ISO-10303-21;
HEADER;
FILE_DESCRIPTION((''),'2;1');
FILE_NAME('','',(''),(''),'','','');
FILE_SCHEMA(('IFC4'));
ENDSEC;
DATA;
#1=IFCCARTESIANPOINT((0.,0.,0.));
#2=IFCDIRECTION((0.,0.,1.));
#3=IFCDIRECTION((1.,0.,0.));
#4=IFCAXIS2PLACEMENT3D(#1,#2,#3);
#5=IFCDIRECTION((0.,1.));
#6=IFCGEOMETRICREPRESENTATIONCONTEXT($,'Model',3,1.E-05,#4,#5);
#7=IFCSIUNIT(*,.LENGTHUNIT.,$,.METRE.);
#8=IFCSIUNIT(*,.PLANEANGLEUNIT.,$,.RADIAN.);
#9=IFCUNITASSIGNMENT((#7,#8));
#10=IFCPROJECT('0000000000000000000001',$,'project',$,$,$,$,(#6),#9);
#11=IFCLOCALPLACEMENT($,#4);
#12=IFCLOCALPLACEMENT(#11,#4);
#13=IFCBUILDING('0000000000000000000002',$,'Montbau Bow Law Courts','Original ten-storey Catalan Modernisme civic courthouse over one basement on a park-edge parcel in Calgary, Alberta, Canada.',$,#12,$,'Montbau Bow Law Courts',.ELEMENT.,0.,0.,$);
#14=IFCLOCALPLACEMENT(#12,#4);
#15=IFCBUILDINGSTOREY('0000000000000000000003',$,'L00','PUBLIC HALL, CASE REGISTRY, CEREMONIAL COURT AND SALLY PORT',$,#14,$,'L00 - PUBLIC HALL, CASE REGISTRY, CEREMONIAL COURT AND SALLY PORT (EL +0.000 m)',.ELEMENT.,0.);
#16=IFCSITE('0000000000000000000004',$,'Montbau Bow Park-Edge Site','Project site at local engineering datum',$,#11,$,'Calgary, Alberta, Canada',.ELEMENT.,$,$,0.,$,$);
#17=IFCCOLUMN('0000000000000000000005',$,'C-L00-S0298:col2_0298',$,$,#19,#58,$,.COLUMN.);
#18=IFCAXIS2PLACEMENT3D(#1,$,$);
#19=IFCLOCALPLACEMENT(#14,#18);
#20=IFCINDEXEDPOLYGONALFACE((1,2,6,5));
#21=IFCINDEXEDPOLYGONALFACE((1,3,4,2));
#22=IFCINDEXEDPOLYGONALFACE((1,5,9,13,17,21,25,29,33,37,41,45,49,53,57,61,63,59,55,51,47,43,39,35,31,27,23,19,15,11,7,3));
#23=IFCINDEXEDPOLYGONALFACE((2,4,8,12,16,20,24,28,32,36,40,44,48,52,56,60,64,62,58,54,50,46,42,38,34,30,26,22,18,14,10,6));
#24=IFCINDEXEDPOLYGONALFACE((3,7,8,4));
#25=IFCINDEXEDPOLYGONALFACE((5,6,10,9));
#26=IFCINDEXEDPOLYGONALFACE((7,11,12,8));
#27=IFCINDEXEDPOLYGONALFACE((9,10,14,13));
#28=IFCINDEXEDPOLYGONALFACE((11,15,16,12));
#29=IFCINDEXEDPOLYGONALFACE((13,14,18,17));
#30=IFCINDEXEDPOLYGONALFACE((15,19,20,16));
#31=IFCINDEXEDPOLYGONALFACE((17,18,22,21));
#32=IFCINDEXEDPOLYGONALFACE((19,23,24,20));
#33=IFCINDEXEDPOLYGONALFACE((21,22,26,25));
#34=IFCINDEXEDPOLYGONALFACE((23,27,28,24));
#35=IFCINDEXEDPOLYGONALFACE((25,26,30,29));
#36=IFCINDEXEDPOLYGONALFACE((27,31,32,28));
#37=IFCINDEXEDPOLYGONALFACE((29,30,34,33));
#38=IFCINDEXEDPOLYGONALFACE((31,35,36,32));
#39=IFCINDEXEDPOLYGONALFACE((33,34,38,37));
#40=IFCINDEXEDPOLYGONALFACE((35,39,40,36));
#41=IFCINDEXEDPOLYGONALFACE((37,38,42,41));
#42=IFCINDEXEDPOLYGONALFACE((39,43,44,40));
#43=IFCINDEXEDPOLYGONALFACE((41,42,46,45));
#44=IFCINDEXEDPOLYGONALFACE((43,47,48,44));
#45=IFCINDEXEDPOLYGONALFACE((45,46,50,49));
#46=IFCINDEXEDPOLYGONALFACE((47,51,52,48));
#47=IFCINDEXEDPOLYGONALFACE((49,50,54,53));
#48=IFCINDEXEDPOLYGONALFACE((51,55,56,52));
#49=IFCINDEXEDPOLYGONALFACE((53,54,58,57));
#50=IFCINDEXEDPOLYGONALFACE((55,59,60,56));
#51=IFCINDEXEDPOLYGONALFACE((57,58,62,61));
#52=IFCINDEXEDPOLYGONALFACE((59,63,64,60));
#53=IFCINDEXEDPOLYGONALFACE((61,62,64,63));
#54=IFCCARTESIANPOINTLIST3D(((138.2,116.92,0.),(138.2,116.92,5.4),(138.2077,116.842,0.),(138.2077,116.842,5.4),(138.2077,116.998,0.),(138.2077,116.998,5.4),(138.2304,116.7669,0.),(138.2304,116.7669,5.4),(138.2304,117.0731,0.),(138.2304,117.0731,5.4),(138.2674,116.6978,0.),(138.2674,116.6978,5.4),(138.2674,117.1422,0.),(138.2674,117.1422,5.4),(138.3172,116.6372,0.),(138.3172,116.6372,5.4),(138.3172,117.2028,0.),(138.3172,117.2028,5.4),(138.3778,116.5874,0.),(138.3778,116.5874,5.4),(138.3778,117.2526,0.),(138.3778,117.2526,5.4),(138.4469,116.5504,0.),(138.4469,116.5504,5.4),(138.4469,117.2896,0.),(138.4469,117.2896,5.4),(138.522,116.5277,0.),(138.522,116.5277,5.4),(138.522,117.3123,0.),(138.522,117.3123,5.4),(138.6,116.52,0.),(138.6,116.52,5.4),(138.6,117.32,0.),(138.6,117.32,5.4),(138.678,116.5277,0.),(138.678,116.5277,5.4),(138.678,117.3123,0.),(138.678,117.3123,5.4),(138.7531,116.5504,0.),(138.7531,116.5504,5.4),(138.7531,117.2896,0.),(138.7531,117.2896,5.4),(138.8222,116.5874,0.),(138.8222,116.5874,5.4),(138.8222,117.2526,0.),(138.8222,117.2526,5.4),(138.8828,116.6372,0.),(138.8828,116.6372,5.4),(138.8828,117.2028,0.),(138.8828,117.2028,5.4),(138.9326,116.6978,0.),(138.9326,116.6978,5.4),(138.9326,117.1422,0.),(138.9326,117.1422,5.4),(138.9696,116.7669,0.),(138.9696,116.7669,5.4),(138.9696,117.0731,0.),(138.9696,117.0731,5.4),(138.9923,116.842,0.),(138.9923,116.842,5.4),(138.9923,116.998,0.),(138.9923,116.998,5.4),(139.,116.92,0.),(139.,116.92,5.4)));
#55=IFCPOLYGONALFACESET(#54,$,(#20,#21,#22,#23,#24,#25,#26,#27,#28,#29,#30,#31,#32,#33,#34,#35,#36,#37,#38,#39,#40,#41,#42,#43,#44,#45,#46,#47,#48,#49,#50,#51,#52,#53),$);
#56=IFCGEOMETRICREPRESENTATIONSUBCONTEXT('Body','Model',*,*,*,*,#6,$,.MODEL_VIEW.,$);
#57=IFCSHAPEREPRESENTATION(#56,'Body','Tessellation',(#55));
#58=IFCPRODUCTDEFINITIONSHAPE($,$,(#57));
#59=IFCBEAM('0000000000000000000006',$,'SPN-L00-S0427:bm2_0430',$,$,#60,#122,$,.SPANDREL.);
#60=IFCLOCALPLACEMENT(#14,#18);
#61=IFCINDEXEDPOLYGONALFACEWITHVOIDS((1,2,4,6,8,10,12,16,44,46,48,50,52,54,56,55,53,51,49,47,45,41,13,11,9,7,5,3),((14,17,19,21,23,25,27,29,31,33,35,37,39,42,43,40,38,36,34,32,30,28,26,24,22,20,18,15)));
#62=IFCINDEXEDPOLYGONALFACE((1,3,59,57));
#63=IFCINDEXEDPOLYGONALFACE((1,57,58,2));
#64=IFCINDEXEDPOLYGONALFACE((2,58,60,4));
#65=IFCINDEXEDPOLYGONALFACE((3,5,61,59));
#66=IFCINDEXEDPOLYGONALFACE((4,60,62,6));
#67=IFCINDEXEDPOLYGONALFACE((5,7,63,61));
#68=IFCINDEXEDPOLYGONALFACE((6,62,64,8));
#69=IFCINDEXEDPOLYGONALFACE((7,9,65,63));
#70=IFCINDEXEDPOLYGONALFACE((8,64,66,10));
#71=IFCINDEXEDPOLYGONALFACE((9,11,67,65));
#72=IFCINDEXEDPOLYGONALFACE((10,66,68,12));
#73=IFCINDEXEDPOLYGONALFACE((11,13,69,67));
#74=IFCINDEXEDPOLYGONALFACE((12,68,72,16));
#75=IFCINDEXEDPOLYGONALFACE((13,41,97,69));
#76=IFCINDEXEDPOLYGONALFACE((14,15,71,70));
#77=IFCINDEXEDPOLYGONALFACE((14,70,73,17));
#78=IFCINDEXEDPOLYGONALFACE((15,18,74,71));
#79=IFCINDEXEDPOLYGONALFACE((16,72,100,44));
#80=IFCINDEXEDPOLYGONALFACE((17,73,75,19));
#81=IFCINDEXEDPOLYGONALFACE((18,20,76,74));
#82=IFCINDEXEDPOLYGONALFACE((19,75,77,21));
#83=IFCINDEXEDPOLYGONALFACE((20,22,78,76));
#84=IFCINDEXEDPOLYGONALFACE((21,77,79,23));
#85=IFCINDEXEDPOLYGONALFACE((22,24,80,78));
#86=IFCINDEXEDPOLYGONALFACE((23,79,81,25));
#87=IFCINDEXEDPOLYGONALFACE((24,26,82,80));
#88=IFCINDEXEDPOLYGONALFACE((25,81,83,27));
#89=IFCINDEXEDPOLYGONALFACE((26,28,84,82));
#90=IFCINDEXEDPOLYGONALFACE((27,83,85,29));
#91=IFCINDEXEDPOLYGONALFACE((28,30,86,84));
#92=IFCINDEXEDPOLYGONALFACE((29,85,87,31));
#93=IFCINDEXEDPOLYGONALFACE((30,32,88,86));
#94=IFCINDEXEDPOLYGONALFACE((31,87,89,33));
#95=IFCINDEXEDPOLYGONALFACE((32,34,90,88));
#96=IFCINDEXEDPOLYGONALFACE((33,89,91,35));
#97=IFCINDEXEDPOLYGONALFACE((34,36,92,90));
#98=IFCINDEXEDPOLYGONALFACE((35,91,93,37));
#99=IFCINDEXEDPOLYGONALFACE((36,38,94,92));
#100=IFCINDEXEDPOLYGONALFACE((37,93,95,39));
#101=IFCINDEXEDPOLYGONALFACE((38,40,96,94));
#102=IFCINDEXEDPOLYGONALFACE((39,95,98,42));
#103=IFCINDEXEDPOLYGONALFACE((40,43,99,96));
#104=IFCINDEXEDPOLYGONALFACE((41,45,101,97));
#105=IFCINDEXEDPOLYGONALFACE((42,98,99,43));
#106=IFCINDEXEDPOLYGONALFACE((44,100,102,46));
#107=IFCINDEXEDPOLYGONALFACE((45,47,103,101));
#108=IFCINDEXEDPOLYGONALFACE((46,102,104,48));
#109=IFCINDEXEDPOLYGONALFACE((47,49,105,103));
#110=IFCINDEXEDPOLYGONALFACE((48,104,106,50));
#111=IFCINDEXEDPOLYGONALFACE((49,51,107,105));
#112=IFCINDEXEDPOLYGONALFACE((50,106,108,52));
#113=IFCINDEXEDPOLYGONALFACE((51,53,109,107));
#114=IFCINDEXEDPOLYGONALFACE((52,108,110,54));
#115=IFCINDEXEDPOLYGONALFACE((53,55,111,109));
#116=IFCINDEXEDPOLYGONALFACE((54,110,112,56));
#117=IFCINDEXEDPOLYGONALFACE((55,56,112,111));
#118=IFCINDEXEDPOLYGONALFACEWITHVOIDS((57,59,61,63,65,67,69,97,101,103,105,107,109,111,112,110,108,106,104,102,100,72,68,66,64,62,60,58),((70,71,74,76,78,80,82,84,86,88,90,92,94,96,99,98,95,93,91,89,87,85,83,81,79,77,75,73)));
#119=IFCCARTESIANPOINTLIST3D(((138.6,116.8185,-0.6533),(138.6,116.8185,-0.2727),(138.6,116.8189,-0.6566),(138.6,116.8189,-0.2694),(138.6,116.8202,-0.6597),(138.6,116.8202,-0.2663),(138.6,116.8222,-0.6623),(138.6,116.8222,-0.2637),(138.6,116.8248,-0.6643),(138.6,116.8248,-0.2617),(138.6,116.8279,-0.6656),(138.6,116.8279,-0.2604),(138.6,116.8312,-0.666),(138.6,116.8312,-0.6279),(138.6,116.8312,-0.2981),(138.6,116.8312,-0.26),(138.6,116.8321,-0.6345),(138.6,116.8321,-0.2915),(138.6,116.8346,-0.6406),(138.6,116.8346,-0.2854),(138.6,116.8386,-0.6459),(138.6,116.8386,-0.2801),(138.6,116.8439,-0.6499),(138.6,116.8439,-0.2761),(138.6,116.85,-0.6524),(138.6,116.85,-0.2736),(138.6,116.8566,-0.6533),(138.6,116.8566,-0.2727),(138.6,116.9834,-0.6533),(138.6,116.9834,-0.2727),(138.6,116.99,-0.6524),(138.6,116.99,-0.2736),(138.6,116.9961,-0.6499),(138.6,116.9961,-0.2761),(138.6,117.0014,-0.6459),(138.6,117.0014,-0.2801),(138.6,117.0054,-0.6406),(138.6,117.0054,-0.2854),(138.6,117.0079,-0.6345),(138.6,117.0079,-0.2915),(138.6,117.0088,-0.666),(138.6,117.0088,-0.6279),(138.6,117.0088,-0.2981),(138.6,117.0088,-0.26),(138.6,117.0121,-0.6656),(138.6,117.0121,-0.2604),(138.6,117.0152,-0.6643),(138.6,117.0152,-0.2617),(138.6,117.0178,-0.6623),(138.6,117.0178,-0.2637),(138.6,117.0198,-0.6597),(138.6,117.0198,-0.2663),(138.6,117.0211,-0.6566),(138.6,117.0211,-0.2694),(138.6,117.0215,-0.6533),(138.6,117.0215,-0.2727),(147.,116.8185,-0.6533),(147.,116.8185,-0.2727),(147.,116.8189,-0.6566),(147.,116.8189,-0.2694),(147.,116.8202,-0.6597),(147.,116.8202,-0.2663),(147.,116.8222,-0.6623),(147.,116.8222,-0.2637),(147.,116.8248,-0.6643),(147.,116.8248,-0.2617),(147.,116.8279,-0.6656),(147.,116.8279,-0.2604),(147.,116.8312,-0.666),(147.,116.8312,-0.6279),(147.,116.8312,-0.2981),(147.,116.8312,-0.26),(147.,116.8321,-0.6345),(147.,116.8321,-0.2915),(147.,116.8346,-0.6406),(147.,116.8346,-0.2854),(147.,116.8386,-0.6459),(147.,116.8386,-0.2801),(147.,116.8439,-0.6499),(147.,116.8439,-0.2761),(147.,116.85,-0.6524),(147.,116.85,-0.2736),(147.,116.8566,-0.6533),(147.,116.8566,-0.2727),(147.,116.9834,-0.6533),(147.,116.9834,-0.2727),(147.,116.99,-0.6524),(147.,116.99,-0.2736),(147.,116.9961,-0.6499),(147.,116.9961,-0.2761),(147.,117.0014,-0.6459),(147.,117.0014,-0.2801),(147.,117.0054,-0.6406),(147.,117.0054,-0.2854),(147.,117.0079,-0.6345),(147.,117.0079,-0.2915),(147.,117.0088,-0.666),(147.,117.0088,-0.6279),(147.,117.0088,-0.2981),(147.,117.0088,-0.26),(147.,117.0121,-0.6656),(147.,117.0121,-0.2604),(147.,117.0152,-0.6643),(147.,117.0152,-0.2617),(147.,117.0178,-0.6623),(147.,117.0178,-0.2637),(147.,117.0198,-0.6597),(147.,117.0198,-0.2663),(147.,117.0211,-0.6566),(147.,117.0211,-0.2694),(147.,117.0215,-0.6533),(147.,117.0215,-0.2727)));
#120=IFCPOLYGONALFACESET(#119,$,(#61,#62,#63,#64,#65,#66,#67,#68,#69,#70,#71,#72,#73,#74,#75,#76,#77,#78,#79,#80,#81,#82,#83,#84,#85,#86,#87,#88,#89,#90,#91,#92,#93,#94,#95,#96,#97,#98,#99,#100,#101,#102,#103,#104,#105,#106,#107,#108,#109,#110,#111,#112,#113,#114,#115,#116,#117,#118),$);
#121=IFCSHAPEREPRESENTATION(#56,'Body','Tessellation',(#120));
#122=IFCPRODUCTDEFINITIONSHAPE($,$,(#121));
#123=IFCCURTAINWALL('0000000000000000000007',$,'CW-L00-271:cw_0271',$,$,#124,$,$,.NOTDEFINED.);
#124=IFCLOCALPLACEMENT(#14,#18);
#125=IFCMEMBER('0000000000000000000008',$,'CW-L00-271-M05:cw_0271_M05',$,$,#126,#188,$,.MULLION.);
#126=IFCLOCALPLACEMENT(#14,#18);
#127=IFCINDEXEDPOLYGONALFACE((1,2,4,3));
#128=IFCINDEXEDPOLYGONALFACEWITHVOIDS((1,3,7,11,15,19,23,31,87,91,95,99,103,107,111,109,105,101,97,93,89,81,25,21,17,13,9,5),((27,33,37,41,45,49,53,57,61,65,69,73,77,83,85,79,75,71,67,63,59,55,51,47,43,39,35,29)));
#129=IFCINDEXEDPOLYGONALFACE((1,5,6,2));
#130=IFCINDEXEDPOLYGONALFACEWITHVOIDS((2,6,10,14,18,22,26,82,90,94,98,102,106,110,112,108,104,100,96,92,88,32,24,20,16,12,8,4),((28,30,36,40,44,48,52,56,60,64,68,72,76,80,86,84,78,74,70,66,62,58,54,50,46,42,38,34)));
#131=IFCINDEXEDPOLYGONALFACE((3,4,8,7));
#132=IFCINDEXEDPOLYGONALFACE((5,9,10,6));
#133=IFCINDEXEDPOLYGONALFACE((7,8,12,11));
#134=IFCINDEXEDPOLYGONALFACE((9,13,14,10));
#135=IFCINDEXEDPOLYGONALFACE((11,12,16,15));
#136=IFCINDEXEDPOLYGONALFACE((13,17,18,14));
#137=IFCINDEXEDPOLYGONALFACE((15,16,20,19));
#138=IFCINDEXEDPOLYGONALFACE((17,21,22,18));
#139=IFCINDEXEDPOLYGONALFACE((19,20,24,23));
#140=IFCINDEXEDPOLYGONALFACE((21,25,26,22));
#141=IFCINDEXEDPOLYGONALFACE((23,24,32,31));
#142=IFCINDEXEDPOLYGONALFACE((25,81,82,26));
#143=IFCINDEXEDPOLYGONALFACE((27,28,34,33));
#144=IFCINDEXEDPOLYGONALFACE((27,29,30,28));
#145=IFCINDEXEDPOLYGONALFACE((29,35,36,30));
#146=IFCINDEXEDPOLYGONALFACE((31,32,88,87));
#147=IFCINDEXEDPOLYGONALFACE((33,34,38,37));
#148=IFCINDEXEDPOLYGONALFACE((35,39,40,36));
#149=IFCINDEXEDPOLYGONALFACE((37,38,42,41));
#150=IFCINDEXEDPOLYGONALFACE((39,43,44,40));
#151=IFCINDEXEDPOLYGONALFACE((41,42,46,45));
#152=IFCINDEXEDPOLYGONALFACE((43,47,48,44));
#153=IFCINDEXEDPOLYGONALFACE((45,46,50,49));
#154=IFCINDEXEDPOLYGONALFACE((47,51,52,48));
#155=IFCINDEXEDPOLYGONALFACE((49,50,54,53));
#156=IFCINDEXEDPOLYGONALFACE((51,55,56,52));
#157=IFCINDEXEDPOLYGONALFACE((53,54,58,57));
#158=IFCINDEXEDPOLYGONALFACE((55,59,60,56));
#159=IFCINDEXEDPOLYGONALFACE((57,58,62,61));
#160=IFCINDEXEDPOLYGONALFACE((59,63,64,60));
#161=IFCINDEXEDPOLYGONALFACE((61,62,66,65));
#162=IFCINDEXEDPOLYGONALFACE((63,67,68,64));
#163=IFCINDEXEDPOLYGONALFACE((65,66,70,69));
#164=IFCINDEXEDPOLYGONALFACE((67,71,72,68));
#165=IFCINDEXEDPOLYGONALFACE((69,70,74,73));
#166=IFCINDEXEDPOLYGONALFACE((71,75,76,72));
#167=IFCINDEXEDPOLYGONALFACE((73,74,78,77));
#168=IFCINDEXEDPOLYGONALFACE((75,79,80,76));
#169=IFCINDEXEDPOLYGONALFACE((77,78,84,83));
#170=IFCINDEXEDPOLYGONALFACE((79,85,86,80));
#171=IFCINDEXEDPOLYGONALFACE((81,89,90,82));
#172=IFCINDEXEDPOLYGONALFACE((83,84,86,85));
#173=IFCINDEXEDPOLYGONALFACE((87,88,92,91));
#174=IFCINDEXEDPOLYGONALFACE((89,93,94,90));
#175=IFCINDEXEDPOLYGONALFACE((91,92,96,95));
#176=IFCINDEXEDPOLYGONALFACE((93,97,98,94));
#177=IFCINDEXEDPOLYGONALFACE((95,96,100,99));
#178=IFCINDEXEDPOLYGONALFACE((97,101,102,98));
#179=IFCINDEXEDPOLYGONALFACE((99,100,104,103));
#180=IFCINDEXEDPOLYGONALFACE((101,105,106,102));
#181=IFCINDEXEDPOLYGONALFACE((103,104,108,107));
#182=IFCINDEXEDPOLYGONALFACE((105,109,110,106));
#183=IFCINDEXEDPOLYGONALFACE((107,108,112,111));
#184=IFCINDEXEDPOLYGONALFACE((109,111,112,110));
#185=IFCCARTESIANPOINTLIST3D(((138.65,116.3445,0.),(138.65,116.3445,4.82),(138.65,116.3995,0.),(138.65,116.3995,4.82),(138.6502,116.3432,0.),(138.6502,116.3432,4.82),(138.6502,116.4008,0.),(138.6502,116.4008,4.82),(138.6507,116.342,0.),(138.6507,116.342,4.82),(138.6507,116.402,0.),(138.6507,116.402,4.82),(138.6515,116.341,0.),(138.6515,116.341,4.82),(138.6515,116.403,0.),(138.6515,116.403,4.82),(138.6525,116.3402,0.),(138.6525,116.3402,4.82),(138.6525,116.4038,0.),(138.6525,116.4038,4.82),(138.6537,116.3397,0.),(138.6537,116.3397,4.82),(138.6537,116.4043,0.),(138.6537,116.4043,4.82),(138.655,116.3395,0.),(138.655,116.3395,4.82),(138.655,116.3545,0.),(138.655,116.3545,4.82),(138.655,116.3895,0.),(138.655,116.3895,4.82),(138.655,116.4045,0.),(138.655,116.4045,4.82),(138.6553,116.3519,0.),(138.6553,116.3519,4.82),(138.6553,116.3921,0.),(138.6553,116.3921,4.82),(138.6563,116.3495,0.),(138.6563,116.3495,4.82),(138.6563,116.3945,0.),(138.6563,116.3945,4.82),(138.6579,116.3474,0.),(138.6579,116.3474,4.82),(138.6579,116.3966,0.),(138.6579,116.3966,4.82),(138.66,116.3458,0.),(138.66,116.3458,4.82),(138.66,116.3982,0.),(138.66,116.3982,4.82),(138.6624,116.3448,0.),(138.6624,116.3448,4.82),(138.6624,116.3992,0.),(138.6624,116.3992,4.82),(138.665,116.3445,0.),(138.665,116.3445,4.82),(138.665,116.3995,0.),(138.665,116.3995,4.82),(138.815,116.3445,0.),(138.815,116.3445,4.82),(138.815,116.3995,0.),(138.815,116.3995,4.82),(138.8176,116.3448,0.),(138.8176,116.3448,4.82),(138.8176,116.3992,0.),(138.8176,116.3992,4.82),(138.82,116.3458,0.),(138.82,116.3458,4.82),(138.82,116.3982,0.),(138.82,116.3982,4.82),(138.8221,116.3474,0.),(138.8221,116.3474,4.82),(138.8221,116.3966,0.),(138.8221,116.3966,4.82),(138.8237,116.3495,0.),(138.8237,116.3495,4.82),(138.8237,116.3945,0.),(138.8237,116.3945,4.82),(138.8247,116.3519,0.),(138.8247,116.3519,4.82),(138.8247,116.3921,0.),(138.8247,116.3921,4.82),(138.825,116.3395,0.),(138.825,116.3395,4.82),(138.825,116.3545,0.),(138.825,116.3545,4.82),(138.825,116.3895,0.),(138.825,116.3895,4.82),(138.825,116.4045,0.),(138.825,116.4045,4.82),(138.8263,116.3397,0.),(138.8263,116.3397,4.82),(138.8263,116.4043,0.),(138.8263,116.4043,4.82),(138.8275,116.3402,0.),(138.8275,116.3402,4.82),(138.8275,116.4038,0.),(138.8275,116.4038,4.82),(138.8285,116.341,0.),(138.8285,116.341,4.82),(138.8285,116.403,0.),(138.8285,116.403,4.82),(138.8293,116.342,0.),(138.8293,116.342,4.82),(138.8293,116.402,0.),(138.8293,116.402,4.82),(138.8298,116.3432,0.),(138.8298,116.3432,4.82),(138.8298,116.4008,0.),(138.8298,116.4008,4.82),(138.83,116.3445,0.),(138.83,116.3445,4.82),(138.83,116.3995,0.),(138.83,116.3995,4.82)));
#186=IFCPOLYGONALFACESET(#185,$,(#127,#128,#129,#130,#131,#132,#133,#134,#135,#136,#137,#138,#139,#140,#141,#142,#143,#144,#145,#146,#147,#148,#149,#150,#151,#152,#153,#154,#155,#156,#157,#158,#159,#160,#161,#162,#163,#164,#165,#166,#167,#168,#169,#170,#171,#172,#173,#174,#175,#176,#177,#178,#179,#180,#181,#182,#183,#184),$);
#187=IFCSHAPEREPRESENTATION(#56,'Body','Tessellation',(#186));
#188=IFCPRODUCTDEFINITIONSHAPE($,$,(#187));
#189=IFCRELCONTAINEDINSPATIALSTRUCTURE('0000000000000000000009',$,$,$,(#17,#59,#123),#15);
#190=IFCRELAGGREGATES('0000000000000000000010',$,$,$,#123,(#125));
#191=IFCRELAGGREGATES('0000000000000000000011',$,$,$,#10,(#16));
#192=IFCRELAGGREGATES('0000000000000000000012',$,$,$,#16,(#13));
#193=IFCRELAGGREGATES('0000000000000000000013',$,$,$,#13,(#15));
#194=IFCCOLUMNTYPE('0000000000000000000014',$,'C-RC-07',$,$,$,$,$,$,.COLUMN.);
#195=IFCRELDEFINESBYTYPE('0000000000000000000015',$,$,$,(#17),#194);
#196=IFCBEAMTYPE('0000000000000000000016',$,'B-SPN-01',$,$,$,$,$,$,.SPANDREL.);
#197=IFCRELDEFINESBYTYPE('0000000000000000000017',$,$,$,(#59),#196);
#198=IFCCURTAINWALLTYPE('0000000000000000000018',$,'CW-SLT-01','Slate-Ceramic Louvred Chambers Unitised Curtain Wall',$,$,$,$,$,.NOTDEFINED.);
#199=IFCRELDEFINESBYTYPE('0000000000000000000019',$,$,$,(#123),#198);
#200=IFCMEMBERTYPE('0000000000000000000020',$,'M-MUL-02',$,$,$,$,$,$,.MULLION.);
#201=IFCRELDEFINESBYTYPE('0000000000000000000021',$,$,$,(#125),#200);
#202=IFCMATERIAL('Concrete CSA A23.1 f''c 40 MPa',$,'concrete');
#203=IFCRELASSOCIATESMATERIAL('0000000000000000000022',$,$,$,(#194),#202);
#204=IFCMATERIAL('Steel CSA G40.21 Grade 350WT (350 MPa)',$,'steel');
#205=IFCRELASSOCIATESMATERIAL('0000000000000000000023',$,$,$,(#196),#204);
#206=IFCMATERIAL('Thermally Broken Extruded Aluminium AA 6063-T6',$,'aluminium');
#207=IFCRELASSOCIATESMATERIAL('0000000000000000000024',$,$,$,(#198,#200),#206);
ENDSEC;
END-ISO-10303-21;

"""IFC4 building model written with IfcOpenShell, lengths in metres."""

from ifc_helpers import new_model, si_unit, direction, frame, origin_with_axes, origin_2d_with_axis, place, context, subcontext, project, spatial, hollow_rectangle, circle, extrude, material, material_profile, profile_set, type_object, element, aggregate, save


model = new_model("IFC4")

# Units and contexts
model_context = context("Model", 3, precision=1e-05, world=origin_with_axes(), true_north=direction((0.0, 1.0)))
body_context = subcontext(model_context, "Body", "Model", "MODEL_VIEW")
ifc_project = project(units=[si_unit("LENGTHUNIT", "METRE"), si_unit("PLANEANGLEUNIT", "RADIAN")], contexts=[model_context])

# Site, building, storey
site_placement = place(None, origin_with_axes())
site = spatial("IfcSite", under=ifc_project, at=site_placement, Name="Montbau Bow Park-Edge Site", Description="Project site at local engineering datum", LongName="Calgary, Alberta, Canada", CompositionType="ELEMENT", RefElevation=0.0)
building_placement = place(site_placement, origin_with_axes())
building = spatial("IfcBuilding", under=site, at=building_placement, Name="Montbau Bow Law Courts", Description="Original ten-storey Catalan Modernisme civic courthouse over one basement on a park-edge parcel in Calgary, Alberta, Canada.", LongName="Montbau Bow Law Courts", CompositionType="ELEMENT", ElevationOfRefHeight=0.0, ElevationOfTerrain=0.0)
storey_placement = place(building_placement, origin_with_axes())
storey = spatial("IfcBuildingStorey", under=building, at=storey_placement, Name="L00", Description="PUBLIC HALL, CASE REGISTRY, CEREMONIAL COURT AND SALLY PORT", LongName="L00 - PUBLIC HALL, CASE REGISTRY, CEREMONIAL COURT AND SALLY PORT (EL +0.000 m)", CompositionType="ELEMENT", Elevation=0.0)

# Column
ifc_material_1 = material(Name="Concrete CSA A23.1 f'c 40 MPa", Category="concrete")
ifc_material_profile_1 = material_profile(ifc_material_1, circle(Radius=0.4, at=origin_2d_with_axis()), Name="RC800D", Category="Main", Priority=0)
ifc_profile_set_1 = profile_set([ifc_material_profile_1], Name="Concrete CSA A23.1 f'c 40 MPa")
column_type = type_object("IfcColumnType", Name="C-RC-07", PredefinedType="COLUMN", material=ifc_profile_set_1)
column_placement = place(None, frame((138.6, 116.92, 0.0), z_axis=(0.0, 0.0, 1.0), x_axis=(1.0, 0.0, 0.0)))
element("IfcColumn", 1, at=column_placement, inside=storey, type_object=column_type, Name="C-L00-S0298:col2_0298", PredefinedType="COLUMN", context=body_context, shape_type="SweptSolid", body=[
    extrude(circle(Radius=0.4, at=origin_2d_with_axis()), origin_with_axes(), (0.0, 0.0, 1.0), 5.4),
])

# Beam
ifc_material_2 = material(Name="Steel CSA G40.21 Grade 350WT (350 MPa)", Category="steel")
ifc_material_profile_2 = material_profile(ifc_material_2, hollow_rectangle(XDim=0.203, YDim=0.406, WallThickness=0.0127, InnerFilletRadius=0.0254, OuterFilletRadius=0.0127, at=origin_2d_with_axis()), Name="HSS406X203X13", Category="Main", Priority=0)
ifc_profile_set_2 = profile_set([ifc_material_profile_2], Name="Steel CSA G40.21 Grade 350WT (350 MPa)")
beam_type = type_object("IfcBeamType", Name="B-SPN-01", PredefinedType="SPANDREL", material=ifc_profile_set_2)
beam_placement = place(None, frame((138.6, 116.92, -0.463), z_axis=(1.0, 0.0, 0.0), x_axis=(0.0, 1.0, 0.0)))
element("IfcBeam", 2, at=beam_placement, inside=storey, type_object=beam_type, Name="SPN-L00-S0427:bm2_0430", PredefinedType="SPANDREL", context=body_context, shape_type="SweptSolid", body=[
    extrude(hollow_rectangle(XDim=0.203, YDim=0.406, WallThickness=0.0127, InnerFilletRadius=0.0254, OuterFilletRadius=0.0127, at=origin_2d_with_axis()), origin_with_axes(), (0.0, 0.0, 1.0), 8.4),
])

# Curtain wall, member
ifc_material_3 = material(Name="Thermally Broken Extruded Aluminium AA 6063-T6", Category="aluminium")
curtain_wall_type = type_object("IfcCurtainWallType", Name="CW-SLT-01", Description="Slate-Ceramic Louvred Chambers Unitised Curtain Wall", PredefinedType="NOTDEFINED", material=ifc_material_3)
curtain_wall_1_placement = place(None, frame((138.74, 110.915, 0.0), z_axis=(0.0, 0.0, 1.0), x_axis=(1.0, 0.0, 0.0)))
curtain_wall_1 = element("IfcCurtainWall", 3, at=curtain_wall_1_placement, inside=storey, type_object=curtain_wall_type, Name="CW-L00-271:cw_0271", PredefinedType="NOTDEFINED")
ifc_material_profile_3 = material_profile(ifc_material_3, hollow_rectangle(XDim=0.065, YDim=0.18, WallThickness=0.005, InnerFilletRadius=0.01, OuterFilletRadius=0.005, at=origin_2d_with_axis()), Name="CWM-180X65", Category="Main", Priority=0)
ifc_profile_set_3 = profile_set([ifc_material_profile_3], Name="Thermally Broken Extruded Aluminium AA 6063-T6")
member_type_1 = type_object("IfcMemberType", Name="M-MUL-02", PredefinedType="MULLION", material=ifc_profile_set_3)
member_1_placement = place(None, frame((138.74, 116.372, 0.0), z_axis=(0.0, 0.0, 1.0), x_axis=(0.0, 1.0, 0.0)))
member_1 = element("IfcMember", 4, at=member_1_placement, type_object=member_type_1, Name="CW-L00-271-M05:cw_0271_M05", PredefinedType="MULLION", context=body_context, shape_type="SweptSolid", body=[
    extrude(hollow_rectangle(XDim=0.065, YDim=0.18, WallThickness=0.005, InnerFilletRadius=0.01, OuterFilletRadius=0.005, at=origin_2d_with_axis()), origin_with_axes(), (0.0, 0.0, 1.0), 4.82),
])
aggregate(curtain_wall_1, [member_1])

save(model, "model.ifc")
